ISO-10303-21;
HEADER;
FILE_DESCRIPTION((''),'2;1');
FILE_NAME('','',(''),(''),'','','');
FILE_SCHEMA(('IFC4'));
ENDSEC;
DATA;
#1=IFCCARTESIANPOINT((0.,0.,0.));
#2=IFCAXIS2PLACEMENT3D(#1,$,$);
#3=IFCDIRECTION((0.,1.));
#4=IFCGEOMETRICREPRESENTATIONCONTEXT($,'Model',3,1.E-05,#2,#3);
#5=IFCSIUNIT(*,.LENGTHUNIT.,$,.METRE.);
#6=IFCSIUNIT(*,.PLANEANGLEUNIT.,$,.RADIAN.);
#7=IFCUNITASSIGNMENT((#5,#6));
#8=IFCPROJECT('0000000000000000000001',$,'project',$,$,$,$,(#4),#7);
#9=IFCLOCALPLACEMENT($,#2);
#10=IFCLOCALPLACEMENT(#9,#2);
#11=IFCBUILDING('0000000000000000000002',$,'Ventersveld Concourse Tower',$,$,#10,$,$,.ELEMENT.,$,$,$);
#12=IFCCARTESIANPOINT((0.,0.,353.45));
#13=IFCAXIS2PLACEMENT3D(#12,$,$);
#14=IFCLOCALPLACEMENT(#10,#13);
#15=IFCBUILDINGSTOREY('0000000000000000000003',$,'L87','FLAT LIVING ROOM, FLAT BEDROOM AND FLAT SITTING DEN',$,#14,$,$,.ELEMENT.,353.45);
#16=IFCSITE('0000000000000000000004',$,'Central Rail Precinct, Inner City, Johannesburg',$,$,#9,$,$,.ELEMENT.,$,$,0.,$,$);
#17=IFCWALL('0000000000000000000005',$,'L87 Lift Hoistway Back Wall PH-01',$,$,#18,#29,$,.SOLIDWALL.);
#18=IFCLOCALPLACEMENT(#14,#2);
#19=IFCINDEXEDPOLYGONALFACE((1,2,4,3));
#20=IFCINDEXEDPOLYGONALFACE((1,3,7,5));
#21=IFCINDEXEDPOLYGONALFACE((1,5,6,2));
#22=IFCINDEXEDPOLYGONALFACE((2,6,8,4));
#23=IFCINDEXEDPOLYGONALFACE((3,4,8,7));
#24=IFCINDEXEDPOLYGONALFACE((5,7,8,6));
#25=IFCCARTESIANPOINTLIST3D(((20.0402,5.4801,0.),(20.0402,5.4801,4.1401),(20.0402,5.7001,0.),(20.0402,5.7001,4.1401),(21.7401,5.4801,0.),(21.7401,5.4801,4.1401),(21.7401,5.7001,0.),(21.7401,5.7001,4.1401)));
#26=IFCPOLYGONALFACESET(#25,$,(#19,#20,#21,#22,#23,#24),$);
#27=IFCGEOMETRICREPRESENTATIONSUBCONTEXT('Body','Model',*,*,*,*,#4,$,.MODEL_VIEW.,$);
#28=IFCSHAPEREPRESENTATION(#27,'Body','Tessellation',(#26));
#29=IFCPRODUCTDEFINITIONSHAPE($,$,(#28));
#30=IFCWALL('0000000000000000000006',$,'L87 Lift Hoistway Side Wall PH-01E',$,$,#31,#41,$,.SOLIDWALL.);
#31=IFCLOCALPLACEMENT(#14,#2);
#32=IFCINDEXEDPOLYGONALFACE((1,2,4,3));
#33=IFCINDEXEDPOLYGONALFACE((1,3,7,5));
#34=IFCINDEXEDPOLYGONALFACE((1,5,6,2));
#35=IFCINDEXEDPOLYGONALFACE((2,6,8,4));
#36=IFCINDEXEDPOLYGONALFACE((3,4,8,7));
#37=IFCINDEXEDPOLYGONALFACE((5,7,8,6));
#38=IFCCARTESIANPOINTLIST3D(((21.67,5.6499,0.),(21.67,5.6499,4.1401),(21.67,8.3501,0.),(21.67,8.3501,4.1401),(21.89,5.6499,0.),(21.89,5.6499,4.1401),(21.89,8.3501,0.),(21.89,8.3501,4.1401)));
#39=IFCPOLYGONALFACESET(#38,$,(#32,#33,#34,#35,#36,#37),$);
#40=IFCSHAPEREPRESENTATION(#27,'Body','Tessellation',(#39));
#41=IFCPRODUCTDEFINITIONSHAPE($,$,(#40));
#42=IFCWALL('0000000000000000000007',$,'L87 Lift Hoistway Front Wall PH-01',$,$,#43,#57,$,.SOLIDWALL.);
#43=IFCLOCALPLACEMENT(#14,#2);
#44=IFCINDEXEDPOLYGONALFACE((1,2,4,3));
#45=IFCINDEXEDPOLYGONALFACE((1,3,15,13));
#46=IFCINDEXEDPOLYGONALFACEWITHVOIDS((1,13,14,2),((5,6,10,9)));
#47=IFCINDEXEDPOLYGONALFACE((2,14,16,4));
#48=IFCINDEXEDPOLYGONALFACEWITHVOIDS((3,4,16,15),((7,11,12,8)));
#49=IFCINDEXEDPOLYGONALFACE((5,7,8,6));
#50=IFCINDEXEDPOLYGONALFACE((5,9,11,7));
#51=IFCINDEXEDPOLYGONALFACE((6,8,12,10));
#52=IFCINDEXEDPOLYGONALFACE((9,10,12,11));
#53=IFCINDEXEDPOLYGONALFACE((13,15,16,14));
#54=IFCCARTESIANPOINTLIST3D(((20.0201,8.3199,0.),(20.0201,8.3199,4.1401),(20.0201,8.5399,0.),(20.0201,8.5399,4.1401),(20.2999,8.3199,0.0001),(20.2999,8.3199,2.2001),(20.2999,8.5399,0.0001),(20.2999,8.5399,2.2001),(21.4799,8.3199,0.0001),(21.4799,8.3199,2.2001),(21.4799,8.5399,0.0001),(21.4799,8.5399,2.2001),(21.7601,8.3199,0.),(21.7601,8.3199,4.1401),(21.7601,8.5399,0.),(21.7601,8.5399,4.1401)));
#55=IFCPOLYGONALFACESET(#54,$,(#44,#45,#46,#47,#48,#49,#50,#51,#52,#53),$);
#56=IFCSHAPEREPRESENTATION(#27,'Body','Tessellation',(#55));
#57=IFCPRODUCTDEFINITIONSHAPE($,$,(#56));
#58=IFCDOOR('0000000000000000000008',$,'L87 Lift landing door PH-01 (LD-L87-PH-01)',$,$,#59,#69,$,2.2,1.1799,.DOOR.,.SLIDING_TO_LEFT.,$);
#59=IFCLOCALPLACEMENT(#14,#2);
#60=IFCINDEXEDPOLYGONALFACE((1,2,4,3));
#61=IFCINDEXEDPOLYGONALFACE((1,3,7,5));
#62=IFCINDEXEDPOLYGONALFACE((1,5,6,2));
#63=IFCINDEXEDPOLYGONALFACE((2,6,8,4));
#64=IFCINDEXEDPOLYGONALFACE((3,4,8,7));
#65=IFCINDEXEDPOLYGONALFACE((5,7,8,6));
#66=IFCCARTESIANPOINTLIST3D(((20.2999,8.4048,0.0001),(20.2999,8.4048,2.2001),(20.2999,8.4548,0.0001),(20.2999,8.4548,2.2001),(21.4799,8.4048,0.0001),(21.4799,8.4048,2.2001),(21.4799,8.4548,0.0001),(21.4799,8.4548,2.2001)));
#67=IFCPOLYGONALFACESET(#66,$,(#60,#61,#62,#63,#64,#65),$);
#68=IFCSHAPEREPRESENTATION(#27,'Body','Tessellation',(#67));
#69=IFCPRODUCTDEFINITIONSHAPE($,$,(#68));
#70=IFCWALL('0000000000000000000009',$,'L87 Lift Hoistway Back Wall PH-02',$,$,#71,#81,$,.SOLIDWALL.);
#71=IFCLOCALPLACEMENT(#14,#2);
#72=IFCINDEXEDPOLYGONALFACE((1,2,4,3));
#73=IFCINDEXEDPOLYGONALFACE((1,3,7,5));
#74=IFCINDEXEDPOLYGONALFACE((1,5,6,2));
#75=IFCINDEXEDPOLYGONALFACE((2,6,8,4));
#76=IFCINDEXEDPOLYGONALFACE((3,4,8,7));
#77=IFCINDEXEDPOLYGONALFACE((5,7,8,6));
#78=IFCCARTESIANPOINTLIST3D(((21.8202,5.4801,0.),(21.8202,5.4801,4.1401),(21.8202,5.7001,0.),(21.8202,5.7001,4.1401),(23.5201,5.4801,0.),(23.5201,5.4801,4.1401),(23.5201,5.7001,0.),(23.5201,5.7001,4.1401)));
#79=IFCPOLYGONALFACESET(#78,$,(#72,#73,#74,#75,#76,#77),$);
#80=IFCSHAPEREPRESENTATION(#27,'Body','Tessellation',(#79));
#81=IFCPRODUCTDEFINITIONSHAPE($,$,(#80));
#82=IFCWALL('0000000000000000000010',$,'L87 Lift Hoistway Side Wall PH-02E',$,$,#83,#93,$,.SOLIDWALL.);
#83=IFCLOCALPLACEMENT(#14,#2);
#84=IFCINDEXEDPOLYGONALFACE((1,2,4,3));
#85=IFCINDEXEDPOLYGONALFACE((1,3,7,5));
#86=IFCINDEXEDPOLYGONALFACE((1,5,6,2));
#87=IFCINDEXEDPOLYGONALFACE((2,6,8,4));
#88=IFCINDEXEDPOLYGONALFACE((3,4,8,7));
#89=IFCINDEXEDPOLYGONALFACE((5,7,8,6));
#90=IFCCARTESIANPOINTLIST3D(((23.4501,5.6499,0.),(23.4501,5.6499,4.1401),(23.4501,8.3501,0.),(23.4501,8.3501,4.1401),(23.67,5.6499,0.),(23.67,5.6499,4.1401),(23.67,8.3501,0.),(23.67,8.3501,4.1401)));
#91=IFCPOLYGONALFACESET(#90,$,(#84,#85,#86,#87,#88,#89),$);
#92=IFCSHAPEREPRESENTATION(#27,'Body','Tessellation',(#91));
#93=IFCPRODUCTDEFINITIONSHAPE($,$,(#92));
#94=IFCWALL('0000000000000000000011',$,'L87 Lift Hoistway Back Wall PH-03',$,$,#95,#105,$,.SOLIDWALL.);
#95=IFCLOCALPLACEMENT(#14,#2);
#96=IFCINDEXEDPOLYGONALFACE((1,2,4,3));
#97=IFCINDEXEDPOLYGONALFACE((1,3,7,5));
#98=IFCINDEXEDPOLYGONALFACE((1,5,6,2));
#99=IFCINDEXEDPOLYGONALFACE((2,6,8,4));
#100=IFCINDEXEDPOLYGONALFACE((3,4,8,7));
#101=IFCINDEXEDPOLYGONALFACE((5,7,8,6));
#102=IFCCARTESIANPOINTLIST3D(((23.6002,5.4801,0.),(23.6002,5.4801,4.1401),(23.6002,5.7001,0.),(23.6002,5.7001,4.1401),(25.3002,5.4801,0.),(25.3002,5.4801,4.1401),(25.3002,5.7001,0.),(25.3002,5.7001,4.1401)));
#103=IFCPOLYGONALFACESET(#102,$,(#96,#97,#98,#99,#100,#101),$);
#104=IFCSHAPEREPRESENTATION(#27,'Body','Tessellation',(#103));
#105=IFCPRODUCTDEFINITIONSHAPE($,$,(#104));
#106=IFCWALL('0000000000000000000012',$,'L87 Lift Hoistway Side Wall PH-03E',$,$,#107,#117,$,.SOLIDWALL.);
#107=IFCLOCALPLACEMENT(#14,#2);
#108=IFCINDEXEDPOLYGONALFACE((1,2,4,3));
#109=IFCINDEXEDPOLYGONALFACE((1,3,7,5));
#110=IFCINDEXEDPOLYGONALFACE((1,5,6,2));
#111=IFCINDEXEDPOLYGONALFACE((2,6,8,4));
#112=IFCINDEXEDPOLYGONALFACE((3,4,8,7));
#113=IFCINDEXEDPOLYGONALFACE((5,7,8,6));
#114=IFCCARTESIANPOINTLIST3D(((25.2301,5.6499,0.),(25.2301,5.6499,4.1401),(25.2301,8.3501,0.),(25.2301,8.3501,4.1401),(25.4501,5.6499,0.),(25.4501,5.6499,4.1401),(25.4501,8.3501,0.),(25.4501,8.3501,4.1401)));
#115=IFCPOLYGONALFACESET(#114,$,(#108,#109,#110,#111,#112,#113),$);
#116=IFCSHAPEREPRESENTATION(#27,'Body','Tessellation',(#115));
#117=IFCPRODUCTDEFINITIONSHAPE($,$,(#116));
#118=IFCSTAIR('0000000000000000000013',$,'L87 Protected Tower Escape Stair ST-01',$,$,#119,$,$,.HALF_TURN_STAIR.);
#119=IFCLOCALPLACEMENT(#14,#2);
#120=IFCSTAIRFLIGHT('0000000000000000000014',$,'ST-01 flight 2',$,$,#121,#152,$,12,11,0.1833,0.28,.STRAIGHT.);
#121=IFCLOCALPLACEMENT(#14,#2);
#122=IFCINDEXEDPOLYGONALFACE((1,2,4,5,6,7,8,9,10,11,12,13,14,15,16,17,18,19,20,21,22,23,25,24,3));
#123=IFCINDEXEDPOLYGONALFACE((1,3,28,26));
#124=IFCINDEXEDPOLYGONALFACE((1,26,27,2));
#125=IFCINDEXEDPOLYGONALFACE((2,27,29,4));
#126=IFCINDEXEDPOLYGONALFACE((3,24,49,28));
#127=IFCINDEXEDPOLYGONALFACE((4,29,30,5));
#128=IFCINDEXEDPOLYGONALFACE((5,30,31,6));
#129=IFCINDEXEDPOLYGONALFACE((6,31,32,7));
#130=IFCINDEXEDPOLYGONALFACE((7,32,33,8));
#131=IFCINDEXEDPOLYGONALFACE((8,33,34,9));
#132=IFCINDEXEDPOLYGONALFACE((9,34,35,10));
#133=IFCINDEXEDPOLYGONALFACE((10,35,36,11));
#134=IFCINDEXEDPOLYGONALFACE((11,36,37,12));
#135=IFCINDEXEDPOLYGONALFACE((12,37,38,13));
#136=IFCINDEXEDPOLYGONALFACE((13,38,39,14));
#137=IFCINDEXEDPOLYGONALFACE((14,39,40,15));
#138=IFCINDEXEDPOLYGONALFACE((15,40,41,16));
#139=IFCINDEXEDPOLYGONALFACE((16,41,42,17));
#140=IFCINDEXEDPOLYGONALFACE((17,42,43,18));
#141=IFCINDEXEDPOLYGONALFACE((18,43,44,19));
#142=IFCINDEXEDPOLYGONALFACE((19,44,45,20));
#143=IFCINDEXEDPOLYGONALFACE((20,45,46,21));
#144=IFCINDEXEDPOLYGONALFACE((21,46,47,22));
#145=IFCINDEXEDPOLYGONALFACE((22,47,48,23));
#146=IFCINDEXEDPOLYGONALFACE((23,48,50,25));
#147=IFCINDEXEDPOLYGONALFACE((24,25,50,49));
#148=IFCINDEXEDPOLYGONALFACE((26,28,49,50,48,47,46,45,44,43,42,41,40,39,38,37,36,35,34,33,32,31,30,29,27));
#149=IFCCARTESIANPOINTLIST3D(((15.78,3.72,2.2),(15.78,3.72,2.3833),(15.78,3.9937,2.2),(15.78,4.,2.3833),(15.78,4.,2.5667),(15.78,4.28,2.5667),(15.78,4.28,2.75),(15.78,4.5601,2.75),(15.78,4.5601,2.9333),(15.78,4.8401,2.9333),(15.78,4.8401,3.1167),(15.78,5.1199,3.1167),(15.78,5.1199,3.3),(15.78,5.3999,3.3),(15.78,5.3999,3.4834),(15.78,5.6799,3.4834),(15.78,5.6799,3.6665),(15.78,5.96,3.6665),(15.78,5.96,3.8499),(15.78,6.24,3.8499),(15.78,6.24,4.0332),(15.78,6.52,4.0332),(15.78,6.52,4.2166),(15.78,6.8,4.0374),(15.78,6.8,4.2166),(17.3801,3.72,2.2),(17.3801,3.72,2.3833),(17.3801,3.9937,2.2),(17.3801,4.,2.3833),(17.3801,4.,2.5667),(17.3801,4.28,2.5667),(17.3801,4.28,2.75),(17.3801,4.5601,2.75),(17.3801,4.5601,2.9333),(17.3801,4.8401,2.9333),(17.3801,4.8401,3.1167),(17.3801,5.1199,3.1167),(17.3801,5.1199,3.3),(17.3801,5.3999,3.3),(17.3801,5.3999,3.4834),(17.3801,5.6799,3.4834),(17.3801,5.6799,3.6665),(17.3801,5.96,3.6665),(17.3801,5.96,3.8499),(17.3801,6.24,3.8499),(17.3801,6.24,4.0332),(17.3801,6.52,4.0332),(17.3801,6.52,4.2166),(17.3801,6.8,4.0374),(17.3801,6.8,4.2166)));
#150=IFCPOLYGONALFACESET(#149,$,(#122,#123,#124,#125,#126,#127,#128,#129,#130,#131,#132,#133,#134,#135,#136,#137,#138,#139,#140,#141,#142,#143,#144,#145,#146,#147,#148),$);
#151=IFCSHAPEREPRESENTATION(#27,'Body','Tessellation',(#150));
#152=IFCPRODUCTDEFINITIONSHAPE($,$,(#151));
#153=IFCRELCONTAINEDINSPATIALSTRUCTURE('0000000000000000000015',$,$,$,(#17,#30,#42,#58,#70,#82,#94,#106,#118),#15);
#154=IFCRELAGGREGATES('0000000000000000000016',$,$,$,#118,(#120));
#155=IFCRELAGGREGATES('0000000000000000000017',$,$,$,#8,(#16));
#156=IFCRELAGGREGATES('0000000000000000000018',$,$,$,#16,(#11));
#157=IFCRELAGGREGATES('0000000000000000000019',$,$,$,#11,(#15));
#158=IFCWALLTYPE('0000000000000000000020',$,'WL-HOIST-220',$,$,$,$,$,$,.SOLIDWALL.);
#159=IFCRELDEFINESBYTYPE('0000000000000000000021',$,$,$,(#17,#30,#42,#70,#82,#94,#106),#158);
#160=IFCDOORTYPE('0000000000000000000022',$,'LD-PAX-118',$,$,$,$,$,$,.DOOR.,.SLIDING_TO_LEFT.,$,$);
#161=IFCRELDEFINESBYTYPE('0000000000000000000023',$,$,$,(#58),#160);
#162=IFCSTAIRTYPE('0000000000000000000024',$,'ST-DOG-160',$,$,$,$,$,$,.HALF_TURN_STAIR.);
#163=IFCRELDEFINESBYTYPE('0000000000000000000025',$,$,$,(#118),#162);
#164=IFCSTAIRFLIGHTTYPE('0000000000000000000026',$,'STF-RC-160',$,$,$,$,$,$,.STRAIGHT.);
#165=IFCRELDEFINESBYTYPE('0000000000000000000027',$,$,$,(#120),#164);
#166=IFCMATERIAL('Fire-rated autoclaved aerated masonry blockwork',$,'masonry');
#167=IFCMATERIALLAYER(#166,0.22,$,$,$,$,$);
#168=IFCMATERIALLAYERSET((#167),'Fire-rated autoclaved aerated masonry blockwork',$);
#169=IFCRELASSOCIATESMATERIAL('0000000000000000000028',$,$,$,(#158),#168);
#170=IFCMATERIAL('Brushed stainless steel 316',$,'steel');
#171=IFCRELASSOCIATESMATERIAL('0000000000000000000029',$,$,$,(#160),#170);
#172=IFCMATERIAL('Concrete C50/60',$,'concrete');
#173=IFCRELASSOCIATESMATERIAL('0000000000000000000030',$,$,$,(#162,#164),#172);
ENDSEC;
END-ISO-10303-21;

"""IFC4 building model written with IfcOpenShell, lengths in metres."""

from ifc_helpers import new_model, si_unit, direction, frame, frame_2d, origin, place, context, subcontext, project, spatial, polyline, rectangle, outline, extrude, material, layer, layer_set, type_object, element, fill, aggregate, save


model = new_model("IFC4")

# Units and contexts
model_context = context("Model", 3, precision=1e-05, world=origin(), true_north=direction((0.0, 1.0)))
body_context = subcontext(model_context, "Body", "Model", "MODEL_VIEW")
ifc_project = project(units=[si_unit("LENGTHUNIT", "METRE"), si_unit("PLANEANGLEUNIT", "RADIAN")], contexts=[model_context])

# Site, building, storey
site_placement = place(None, origin())
site = spatial("IfcSite", under=ifc_project, at=site_placement, Name="Central Rail Precinct, Inner City, Johannesburg", CompositionType="ELEMENT", RefElevation=0.0)
building_placement = place(site_placement, origin())
building = spatial("IfcBuilding", under=site, at=building_placement, Name="Ventersveld Concourse Tower", CompositionType="ELEMENT")
storey_placement = place(building_placement, frame((0.0, 0.0, 353.45)))
storey = spatial("IfcBuildingStorey", under=building, at=storey_placement, Name="L87", Description="FLAT LIVING ROOM, FLAT BEDROOM AND FLAT SITTING DEN", CompositionType="ELEMENT", Elevation=353.45)

# Shared definitions
ifc_material_1 = material(Name="Concrete C50/60", Category="concrete")

# Shared definitions
ifc_material_2 = material(Name="Fire-rated autoclaved aerated masonry blockwork", Category="masonry")

# Shared definitions
ifc_layer_1 = layer(ifc_material_2, 0.22)
ifc_layer_set_1 = layer_set([ifc_layer_1], Name="Fire-rated autoclaved aerated masonry blockwork")
wall_type_1 = type_object("IfcWallType", Name="WL-HOIST-220", PredefinedType="SOLIDWALL", material=ifc_layer_set_1)

# Shared definitions
ifc_material_3 = material(Name="Brushed stainless steel 316", Category="steel")

# Walls
wall_1_placement = place(storey_placement, frame((20.04, 5.5901, 0.0), z_axis=(0.0, 0.0, 1.0), x_axis=(1.0, 0.0, 0.0)))
element("IfcWall", 1, at=wall_1_placement, inside=storey, type_object=wall_type_1, Name="L87 Lift Hoistway Back Wall PH-01", PredefinedType="SOLIDWALL", context=body_context, shape_type="SweptSolid", body=[
    extrude(rectangle(XDim=1.7, YDim=0.22, at=frame_2d((0.8501, 0.0))), origin(), (0.0, 0.0, 1.0), 4.1401),
])
wall_2_placement = place(storey_placement, frame((21.78, 5.6499, 0.0), z_axis=(0.0, 0.0, 1.0), x_axis=(0.0, 1.0, 0.0)))
element("IfcWall", 2, at=wall_2_placement, inside=storey, type_object=wall_type_1, Name="L87 Lift Hoistway Side Wall PH-01E", PredefinedType="SOLIDWALL", context=body_context, shape_type="SweptSolid", body=[
    extrude(rectangle(XDim=2.7002, YDim=0.22, at=frame_2d((1.3501, 0.0))), origin(), (0.0, 0.0, 1.0), 4.1401),
])

# Wall, opening, door
wall_3_placement = place(storey_placement, frame((20.02, 8.4299, 0.0), z_axis=(0.0, 0.0, 1.0), x_axis=(1.0, 0.0, 0.0)))
wall_3 = element("IfcWall", 3, at=wall_3_placement, inside=storey, type_object=wall_type_1, Name="L87 Lift Hoistway Front Wall PH-01", PredefinedType="SOLIDWALL", context=body_context, shape_type="SweptSolid", body=[
    extrude(rectangle(XDim=1.74, YDim=0.22, at=frame_2d((0.8701, 0.0))), origin(), (0.0, 0.0, 1.0), 4.1401),
])
opening_1_placement = place(wall_3_placement, frame((0.28, 0.0, 0.0)))
opening_1 = element("IfcOpeningElement", 4, at=opening_1_placement, cuts=wall_3, PredefinedType="OPENING", context=body_context, shape_type="SweptSolid", body=[
    extrude(rectangle(XDim=1.1799, YDim=2.2, at=frame_2d((0.5898, 1.1001))), frame((0.0, 0.1201, 0.0), z_axis=(0.0, -1.0, 0.0), x_axis=(1.0, 0.0, 0.0)), (0.0, 0.0, 1.0), 0.24),
])
door_type_1 = type_object("IfcDoorType", Name="LD-PAX-118", OperationType="SLIDING_TO_LEFT", PredefinedType="DOOR", material=ifc_material_3)
door_1_placement = place(opening_1_placement, origin())
door_1 = element("IfcDoor", 5, at=door_1_placement, inside=storey, type_object=door_type_1, Name="L87 Lift landing door PH-01 (LD-L87-PH-01)", OperationType="SLIDING_TO_LEFT", OverallHeight=2.2, OverallWidth=1.1799, PredefinedType="DOOR", context=body_context, shape_type="SweptSolid", body=[
    extrude(rectangle(XDim=1.1799, YDim=2.2, at=frame_2d((0.5898, 1.1001))), frame((0.0, 0.0249, 0.0), z_axis=(0.0, -1.0, 0.0), x_axis=(1.0, 0.0, 0.0)), (0.0, 0.0, 1.0), 0.05),
])
fill(opening_1, door_1)

# Walls
wall_4_placement = place(storey_placement, frame((21.8201, 5.5901, 0.0), z_axis=(0.0, 0.0, 1.0), x_axis=(1.0, 0.0, 0.0)))
element("IfcWall", 6, at=wall_4_placement, inside=storey, type_object=wall_type_1, Name="L87 Lift Hoistway Back Wall PH-02", PredefinedType="SOLIDWALL", context=body_context, shape_type="SweptSolid", body=[
    extrude(rectangle(XDim=1.7, YDim=0.22, at=frame_2d((0.8501, 0.0))), origin(), (0.0, 0.0, 1.0), 4.1401),
])
wall_5_placement = place(storey_placement, frame((23.5601, 5.6499, 0.0), z_axis=(0.0, 0.0, 1.0), x_axis=(0.0, 1.0, 0.0)))
element("IfcWall", 7, at=wall_5_placement, inside=storey, type_object=wall_type_1, Name="L87 Lift Hoistway Side Wall PH-02E", PredefinedType="SOLIDWALL", context=body_context, shape_type="SweptSolid", body=[
    extrude(rectangle(XDim=2.7002, YDim=0.22, at=frame_2d((1.3501, 0.0))), origin(), (0.0, 0.0, 1.0), 4.1401),
])
wall_6_placement = place(storey_placement, frame((23.6001, 5.5901, 0.0), z_axis=(0.0, 0.0, 1.0), x_axis=(1.0, 0.0, 0.0)))
element("IfcWall", 8, at=wall_6_placement, inside=storey, type_object=wall_type_1, Name="L87 Lift Hoistway Back Wall PH-03", PredefinedType="SOLIDWALL", context=body_context, shape_type="SweptSolid", body=[
    extrude(rectangle(XDim=1.7, YDim=0.22, at=frame_2d((0.8501, 0.0))), origin(), (0.0, 0.0, 1.0), 4.1401),
])
wall_7_placement = place(storey_placement, frame((25.3401, 5.6499, 0.0), z_axis=(0.0, 0.0, 1.0), x_axis=(0.0, 1.0, 0.0)))
element("IfcWall", 9, at=wall_7_placement, inside=storey, type_object=wall_type_1, Name="L87 Lift Hoistway Side Wall PH-03E", PredefinedType="SOLIDWALL", context=body_context, shape_type="SweptSolid", body=[
    extrude(rectangle(XDim=2.7002, YDim=0.22, at=frame_2d((1.3501, 0.0))), origin(), (0.0, 0.0, 1.0), 4.1401),
])

# Stair, stair flight
stair_type = type_object("IfcStairType", Name="ST-DOG-160", PredefinedType="HALF_TURN_STAIR", material=ifc_material_1)
stair_placement = place(storey_placement, origin())
stair = element("IfcStair", 10, at=stair_placement, inside=storey, type_object=stair_type, Name="L87 Protected Tower Escape Stair ST-01", PredefinedType="HALF_TURN_STAIR")
stair_flight_type = type_object("IfcStairFlightType", Name="STF-RC-160", PredefinedType="STRAIGHT", material=ifc_material_1)
stair_flight_placement = place(storey_placement, frame((16.5801, 3.72, 2.2), z_axis=(0.0, 0.0, 1.0), x_axis=(0.0, 1.0, 0.0)))
stair_flight = element("IfcStairFlight", 11, at=stair_flight_placement, type_object=stair_flight_type, Name="ST-01 flight 2", NumberOfRisers=12, NumberOfTreads=11, PredefinedType="STRAIGHT", RiserHeight=0.1833, TreadLength=0.28, context=body_context, shape_type="SweptSolid", body=[
    extrude(outline(polyline([(0.0, 0.0), (0.0, 0.1833), (0.28, 0.1833), (0.28, 0.3667), (0.5601, 0.3667), (0.5601, 0.55), (0.8401, 0.55), (0.8401, 0.7334), (1.1201, 0.7334), (1.1201, 0.9167), (1.3999, 0.9167), (1.3999, 1.1001), (1.6799, 1.1001), (1.6799, 1.2834), (1.96, 1.2834), (1.96, 1.4666), (2.24, 1.4666), (2.24, 1.6499), (2.52, 1.6499), (2.52, 1.8333), (2.8, 1.8333), (2.8, 2.0166), (3.0801, 2.0166), (3.0801, 2.2), (3.0801, 1.8374), (0.2737, 0.0), (0.0, 0.0)])), frame((0.0, 0.8, 0.0), z_axis=(0.0, -1.0, 0.0), x_axis=(1.0, 0.0, 0.0)), (0.0, 0.0, 1.0), 1.6001),
])
aggregate(stair, [stair_flight])

save(model, "model.ifc")
